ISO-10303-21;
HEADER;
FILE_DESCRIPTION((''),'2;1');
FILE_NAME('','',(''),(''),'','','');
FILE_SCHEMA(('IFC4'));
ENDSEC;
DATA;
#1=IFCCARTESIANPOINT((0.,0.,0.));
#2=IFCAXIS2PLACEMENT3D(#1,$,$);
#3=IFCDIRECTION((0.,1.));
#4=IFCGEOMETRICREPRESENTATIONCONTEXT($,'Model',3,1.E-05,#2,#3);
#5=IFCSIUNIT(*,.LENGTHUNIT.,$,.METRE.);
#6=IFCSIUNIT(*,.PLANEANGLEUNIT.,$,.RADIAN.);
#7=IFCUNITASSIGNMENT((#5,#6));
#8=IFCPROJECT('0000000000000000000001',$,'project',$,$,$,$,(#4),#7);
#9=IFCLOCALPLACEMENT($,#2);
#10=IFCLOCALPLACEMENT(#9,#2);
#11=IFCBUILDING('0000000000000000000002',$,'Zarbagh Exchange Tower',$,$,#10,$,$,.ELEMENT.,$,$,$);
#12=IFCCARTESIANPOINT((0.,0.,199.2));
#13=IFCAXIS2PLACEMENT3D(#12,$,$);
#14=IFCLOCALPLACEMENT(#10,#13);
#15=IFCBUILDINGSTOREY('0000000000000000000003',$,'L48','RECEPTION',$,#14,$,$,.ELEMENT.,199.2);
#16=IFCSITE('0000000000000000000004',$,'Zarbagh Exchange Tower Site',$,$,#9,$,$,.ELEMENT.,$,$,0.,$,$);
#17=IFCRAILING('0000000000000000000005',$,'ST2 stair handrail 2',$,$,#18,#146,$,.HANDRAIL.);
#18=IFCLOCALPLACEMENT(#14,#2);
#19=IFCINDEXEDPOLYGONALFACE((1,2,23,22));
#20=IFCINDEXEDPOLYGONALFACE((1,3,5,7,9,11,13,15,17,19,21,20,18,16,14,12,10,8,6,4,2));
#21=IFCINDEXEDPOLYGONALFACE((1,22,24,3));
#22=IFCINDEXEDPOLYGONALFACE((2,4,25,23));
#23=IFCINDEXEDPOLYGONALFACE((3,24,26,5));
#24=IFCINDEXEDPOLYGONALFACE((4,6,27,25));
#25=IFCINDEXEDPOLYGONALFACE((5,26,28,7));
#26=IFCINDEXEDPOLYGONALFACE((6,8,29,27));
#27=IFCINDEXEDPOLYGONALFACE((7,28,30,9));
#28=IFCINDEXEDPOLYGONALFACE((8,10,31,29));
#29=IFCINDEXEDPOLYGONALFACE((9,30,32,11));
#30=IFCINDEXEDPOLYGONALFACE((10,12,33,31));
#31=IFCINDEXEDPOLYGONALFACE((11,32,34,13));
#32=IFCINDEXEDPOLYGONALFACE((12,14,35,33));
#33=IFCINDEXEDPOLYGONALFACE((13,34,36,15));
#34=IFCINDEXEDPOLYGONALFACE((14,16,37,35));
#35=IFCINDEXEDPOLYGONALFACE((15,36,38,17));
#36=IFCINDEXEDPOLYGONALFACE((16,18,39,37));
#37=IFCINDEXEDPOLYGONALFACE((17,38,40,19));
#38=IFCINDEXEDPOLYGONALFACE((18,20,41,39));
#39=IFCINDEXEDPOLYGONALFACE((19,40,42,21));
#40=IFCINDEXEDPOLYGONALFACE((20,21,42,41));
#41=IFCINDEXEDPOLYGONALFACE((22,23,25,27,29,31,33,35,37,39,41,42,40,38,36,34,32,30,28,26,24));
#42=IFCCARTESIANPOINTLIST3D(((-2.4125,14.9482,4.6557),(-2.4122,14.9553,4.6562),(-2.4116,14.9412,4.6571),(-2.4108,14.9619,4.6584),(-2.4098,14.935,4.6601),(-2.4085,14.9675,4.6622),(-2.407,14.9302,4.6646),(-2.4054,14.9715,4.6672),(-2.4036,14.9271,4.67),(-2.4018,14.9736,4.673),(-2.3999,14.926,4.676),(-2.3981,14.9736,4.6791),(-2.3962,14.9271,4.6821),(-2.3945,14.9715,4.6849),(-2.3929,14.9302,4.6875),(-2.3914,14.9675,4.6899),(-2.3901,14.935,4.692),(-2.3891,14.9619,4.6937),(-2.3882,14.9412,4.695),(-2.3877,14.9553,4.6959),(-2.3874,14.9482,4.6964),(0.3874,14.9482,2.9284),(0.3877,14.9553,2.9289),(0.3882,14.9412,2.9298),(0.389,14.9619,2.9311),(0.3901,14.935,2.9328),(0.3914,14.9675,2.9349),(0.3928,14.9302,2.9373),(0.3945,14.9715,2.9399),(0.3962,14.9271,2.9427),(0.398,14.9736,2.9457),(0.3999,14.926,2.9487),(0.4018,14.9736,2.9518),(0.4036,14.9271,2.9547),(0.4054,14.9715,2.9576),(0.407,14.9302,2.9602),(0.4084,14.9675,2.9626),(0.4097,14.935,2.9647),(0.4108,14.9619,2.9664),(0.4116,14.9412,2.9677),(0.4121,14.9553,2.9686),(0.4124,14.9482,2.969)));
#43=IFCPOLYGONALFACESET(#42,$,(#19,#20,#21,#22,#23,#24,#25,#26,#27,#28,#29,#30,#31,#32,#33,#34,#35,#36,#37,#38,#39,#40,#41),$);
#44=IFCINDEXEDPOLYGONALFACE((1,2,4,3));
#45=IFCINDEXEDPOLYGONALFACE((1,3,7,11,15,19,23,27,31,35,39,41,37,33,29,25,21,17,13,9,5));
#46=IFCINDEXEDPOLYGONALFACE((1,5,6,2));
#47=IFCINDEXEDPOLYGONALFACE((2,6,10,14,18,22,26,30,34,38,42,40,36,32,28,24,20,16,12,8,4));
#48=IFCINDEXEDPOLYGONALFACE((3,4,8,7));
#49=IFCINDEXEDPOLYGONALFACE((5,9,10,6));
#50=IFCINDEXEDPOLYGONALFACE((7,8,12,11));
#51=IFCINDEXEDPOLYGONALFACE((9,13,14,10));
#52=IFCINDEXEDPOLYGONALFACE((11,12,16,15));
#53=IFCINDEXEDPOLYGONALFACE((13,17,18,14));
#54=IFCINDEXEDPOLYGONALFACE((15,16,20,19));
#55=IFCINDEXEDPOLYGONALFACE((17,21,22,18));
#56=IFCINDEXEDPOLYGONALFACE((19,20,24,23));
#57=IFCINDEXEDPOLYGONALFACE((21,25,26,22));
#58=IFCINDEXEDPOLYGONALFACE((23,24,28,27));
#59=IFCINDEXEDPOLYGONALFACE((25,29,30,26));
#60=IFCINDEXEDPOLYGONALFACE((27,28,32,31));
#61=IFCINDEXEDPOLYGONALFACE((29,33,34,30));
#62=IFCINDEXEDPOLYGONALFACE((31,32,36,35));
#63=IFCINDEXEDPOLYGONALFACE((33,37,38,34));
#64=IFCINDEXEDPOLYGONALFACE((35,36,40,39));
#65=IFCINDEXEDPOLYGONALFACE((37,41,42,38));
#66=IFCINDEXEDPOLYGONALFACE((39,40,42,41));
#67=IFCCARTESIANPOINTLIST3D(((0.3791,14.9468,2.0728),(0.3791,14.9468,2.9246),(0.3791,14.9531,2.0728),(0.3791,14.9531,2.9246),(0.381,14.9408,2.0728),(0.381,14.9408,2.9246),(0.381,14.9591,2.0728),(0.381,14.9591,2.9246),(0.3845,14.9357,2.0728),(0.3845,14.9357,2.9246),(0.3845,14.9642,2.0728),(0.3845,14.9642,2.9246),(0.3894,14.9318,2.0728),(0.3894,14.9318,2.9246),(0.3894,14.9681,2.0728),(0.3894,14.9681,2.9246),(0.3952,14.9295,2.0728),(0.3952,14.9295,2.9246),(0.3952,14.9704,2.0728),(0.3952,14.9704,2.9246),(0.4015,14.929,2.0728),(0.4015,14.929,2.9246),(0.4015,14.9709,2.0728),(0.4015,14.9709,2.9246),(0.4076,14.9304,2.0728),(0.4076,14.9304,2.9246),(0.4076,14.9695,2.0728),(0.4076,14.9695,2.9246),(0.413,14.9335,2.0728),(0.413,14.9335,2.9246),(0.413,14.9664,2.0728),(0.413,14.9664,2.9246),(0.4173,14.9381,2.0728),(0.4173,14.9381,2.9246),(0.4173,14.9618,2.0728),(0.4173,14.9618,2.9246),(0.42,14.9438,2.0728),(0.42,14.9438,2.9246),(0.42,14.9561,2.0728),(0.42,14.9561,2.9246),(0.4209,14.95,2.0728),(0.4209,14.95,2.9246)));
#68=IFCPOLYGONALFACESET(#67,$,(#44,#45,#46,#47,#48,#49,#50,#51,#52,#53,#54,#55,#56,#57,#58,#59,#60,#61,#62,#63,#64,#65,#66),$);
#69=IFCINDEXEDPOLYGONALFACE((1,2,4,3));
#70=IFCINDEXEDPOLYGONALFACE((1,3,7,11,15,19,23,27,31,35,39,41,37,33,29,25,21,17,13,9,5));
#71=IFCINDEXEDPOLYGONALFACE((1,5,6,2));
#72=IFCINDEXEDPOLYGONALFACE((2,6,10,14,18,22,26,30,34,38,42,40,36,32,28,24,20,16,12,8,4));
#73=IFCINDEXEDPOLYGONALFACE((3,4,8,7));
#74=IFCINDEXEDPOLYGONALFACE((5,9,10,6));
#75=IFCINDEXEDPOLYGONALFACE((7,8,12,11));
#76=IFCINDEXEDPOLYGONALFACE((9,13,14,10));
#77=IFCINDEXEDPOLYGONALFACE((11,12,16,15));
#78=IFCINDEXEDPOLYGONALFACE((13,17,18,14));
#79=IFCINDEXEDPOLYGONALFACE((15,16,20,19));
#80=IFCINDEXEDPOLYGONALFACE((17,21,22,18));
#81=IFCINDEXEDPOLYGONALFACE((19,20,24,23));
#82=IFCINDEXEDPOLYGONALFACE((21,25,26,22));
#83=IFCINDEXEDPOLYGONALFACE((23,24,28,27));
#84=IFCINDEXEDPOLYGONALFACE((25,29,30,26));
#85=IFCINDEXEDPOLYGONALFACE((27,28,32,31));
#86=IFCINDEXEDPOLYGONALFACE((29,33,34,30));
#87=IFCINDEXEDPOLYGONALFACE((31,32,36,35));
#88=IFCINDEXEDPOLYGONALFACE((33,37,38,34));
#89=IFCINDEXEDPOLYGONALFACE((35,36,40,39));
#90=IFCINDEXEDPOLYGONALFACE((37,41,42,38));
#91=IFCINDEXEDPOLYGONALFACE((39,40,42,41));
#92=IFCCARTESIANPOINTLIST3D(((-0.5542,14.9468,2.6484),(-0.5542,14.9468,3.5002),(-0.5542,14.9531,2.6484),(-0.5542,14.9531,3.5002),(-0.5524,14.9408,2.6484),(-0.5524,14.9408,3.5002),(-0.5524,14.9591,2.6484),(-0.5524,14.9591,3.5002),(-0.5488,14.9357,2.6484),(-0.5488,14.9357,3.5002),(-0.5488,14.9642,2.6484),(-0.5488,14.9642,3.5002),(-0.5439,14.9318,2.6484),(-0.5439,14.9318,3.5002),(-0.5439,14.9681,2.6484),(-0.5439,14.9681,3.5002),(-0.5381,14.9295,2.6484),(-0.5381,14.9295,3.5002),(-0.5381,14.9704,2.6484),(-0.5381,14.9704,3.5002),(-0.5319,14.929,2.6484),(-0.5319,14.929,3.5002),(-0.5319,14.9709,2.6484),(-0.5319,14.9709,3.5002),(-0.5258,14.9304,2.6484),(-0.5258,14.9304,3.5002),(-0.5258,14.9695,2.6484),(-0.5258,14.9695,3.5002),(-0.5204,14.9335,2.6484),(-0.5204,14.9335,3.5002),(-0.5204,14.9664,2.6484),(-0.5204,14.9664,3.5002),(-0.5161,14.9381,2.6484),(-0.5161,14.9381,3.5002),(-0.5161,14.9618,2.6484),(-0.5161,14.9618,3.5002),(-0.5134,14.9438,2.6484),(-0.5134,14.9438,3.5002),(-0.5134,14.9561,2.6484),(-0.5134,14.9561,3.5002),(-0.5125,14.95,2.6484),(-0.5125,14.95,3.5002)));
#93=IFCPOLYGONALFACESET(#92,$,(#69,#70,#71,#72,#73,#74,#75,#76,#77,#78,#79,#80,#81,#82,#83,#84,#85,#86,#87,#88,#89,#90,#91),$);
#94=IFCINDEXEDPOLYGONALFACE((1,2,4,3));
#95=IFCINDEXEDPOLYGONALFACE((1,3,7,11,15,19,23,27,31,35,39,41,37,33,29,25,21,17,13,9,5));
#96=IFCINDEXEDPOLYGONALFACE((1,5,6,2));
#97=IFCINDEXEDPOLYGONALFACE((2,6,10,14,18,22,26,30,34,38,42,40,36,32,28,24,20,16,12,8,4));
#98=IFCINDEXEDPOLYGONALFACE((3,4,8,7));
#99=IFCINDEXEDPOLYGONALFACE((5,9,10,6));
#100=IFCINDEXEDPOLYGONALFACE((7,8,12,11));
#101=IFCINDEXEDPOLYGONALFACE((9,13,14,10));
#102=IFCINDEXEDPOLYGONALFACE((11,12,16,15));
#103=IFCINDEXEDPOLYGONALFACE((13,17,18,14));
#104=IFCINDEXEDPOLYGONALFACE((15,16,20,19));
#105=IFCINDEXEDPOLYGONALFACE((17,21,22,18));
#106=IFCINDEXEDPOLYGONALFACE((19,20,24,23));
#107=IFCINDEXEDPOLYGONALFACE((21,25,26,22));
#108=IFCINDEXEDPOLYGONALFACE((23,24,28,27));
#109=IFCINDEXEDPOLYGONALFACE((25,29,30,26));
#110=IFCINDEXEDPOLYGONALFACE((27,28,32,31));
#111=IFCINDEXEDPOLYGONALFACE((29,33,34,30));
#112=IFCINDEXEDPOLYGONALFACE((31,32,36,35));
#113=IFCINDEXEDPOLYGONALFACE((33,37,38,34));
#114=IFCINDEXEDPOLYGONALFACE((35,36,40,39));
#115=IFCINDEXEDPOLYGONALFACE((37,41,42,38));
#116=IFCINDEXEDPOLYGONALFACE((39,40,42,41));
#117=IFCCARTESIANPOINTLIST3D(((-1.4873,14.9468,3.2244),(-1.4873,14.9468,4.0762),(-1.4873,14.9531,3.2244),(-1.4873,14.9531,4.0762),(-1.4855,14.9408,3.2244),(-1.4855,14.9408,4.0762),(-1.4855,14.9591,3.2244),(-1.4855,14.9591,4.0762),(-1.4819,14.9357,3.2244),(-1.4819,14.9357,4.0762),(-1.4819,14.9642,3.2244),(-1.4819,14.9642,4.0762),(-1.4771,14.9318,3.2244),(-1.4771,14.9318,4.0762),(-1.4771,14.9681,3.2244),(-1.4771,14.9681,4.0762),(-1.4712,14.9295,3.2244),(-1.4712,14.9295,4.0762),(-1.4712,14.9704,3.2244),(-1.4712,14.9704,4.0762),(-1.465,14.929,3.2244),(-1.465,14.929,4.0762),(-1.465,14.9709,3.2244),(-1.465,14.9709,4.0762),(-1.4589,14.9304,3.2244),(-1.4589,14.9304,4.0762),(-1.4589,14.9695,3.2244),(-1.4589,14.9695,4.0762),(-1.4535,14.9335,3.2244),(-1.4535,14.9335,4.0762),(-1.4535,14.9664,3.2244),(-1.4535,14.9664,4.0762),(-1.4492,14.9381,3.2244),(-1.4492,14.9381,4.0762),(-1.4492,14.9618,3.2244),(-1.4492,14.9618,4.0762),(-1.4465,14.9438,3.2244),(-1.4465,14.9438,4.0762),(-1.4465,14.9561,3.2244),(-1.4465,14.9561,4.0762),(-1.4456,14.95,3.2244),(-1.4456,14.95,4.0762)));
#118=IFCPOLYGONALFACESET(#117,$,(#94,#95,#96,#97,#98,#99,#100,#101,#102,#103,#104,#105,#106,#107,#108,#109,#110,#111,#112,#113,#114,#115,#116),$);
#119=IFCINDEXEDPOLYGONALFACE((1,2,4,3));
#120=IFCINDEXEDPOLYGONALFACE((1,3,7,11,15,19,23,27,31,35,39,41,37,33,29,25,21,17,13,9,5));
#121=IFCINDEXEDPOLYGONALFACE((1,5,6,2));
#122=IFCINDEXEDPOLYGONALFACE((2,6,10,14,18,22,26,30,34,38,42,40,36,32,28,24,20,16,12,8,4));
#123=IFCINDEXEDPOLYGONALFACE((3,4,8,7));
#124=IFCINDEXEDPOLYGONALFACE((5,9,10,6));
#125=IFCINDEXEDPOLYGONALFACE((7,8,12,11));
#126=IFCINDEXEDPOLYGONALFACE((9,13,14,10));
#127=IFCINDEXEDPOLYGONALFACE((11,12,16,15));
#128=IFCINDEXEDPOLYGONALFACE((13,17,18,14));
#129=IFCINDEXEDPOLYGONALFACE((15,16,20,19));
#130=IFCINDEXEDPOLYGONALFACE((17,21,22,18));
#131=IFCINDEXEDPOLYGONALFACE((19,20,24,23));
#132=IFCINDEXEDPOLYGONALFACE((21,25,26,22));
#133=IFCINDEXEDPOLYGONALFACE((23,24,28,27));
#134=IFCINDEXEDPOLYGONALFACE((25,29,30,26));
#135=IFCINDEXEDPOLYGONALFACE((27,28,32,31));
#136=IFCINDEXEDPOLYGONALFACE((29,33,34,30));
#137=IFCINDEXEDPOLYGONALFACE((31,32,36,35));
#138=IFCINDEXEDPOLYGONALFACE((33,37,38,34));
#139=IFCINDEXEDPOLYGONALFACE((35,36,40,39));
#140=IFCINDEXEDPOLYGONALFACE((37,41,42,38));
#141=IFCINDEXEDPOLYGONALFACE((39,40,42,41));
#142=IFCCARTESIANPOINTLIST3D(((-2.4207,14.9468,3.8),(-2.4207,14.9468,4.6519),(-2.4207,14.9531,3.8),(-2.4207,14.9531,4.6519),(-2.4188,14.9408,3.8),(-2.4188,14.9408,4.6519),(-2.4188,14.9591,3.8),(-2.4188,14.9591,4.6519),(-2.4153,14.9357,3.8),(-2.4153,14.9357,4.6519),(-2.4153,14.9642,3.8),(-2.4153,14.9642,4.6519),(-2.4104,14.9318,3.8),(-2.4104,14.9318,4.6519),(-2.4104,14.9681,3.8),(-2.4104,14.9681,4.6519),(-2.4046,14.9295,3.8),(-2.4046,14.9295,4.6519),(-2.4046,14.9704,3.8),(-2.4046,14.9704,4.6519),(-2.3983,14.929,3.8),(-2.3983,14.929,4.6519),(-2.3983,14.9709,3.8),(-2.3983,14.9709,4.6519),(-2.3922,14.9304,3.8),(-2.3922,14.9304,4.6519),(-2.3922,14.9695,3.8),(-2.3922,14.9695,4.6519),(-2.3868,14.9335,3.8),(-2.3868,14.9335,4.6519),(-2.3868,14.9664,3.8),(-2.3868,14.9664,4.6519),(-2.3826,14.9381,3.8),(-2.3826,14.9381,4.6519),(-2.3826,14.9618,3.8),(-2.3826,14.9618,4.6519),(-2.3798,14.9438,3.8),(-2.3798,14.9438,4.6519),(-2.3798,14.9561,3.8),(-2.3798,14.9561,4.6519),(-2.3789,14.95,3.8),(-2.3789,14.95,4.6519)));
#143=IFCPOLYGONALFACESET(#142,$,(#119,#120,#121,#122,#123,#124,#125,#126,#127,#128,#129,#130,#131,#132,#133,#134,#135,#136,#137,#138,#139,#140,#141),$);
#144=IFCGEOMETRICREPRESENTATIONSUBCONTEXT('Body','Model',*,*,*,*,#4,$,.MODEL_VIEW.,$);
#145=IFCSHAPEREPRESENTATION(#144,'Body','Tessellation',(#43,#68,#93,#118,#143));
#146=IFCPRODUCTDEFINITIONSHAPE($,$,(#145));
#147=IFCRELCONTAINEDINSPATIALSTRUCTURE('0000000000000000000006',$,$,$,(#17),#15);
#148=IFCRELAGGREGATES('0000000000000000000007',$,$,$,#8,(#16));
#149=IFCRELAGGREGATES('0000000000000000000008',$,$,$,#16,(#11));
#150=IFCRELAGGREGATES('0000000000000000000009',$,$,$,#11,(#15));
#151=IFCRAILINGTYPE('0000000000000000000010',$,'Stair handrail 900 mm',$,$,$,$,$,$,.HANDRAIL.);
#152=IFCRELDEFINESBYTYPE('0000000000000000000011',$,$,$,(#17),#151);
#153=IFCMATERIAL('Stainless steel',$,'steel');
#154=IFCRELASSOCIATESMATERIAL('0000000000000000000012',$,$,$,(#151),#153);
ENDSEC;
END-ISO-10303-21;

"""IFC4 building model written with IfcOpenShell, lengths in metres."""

from ifc_helpers import new_model, si_unit, direction, frame, origin, origin_2d, place, context, subcontext, project, spatial, circle, extrude, material, type_object, element, save


model = new_model("IFC4")

# Units and contexts
model_context = context("Model", 3, precision=1e-05, world=origin(), true_north=direction((0.0, 1.0)))
body_context = subcontext(model_context, "Body", "Model", "MODEL_VIEW")
ifc_project = project(units=[si_unit("LENGTHUNIT", "METRE"), si_unit("PLANEANGLEUNIT", "RADIAN")], contexts=[model_context])

# Site, building, storey
site_placement = place(None, origin())
site = spatial("IfcSite", under=ifc_project, at=site_placement, Name="Zarbagh Exchange Tower Site", CompositionType="ELEMENT", RefElevation=0.0)
building_placement = place(site_placement, origin())
building = spatial("IfcBuilding", under=site, at=building_placement, Name="Zarbagh Exchange Tower", CompositionType="ELEMENT")
storey_placement = place(building_placement, frame((0.0, 0.0, 199.2)))
storey = spatial("IfcBuildingStorey", under=building, at=storey_placement, Name="L48", Description="RECEPTION", CompositionType="ELEMENT", Elevation=199.2)

# Railing
ifc_material_1 = material(Name="Stainless steel", Category="steel")
railing_type = type_object("IfcRailingType", Name="Stair handrail 900 mm", PredefinedType="HANDRAIL", material=ifc_material_1)
railing_placement = place(storey_placement, frame((0.3999, 14.95, 2.0728)))
element("IfcRailing", 1, at=railing_placement, inside=storey, type_object=railing_type, Name="ST2 stair handrail 2", PredefinedType="HANDRAIL", context=body_context, shape_type="SweptSolid", body=[
    extrude(circle(Radius=0.0239, at=origin_2d()), frame((0.0, 0.0, 0.876), z_axis=(-0.851069, 0.0, 0.525054), x_axis=(0.0, -1.0, 0.0)), (0.0, 0.0, 1.0), 3.2898),
    extrude(circle(Radius=0.021, at=origin_2d()), origin(), (0.0, 0.0, 1.0), 0.8518),
    extrude(circle(Radius=0.021, at=origin_2d()), frame((-0.9333, 0.0, 0.5757)), (0.0, 0.0, 1.0), 0.8518),
    extrude(circle(Radius=0.021, at=origin_2d()), frame((-1.8665, 0.0, 1.1516)), (0.0, 0.0, 1.0), 0.8518),
    extrude(circle(Radius=0.021, at=origin_2d()), frame((-2.7998, 0.0, 1.7273)), (0.0, 0.0, 1.0), 0.8518),
])

save(model, "model.ifc")
